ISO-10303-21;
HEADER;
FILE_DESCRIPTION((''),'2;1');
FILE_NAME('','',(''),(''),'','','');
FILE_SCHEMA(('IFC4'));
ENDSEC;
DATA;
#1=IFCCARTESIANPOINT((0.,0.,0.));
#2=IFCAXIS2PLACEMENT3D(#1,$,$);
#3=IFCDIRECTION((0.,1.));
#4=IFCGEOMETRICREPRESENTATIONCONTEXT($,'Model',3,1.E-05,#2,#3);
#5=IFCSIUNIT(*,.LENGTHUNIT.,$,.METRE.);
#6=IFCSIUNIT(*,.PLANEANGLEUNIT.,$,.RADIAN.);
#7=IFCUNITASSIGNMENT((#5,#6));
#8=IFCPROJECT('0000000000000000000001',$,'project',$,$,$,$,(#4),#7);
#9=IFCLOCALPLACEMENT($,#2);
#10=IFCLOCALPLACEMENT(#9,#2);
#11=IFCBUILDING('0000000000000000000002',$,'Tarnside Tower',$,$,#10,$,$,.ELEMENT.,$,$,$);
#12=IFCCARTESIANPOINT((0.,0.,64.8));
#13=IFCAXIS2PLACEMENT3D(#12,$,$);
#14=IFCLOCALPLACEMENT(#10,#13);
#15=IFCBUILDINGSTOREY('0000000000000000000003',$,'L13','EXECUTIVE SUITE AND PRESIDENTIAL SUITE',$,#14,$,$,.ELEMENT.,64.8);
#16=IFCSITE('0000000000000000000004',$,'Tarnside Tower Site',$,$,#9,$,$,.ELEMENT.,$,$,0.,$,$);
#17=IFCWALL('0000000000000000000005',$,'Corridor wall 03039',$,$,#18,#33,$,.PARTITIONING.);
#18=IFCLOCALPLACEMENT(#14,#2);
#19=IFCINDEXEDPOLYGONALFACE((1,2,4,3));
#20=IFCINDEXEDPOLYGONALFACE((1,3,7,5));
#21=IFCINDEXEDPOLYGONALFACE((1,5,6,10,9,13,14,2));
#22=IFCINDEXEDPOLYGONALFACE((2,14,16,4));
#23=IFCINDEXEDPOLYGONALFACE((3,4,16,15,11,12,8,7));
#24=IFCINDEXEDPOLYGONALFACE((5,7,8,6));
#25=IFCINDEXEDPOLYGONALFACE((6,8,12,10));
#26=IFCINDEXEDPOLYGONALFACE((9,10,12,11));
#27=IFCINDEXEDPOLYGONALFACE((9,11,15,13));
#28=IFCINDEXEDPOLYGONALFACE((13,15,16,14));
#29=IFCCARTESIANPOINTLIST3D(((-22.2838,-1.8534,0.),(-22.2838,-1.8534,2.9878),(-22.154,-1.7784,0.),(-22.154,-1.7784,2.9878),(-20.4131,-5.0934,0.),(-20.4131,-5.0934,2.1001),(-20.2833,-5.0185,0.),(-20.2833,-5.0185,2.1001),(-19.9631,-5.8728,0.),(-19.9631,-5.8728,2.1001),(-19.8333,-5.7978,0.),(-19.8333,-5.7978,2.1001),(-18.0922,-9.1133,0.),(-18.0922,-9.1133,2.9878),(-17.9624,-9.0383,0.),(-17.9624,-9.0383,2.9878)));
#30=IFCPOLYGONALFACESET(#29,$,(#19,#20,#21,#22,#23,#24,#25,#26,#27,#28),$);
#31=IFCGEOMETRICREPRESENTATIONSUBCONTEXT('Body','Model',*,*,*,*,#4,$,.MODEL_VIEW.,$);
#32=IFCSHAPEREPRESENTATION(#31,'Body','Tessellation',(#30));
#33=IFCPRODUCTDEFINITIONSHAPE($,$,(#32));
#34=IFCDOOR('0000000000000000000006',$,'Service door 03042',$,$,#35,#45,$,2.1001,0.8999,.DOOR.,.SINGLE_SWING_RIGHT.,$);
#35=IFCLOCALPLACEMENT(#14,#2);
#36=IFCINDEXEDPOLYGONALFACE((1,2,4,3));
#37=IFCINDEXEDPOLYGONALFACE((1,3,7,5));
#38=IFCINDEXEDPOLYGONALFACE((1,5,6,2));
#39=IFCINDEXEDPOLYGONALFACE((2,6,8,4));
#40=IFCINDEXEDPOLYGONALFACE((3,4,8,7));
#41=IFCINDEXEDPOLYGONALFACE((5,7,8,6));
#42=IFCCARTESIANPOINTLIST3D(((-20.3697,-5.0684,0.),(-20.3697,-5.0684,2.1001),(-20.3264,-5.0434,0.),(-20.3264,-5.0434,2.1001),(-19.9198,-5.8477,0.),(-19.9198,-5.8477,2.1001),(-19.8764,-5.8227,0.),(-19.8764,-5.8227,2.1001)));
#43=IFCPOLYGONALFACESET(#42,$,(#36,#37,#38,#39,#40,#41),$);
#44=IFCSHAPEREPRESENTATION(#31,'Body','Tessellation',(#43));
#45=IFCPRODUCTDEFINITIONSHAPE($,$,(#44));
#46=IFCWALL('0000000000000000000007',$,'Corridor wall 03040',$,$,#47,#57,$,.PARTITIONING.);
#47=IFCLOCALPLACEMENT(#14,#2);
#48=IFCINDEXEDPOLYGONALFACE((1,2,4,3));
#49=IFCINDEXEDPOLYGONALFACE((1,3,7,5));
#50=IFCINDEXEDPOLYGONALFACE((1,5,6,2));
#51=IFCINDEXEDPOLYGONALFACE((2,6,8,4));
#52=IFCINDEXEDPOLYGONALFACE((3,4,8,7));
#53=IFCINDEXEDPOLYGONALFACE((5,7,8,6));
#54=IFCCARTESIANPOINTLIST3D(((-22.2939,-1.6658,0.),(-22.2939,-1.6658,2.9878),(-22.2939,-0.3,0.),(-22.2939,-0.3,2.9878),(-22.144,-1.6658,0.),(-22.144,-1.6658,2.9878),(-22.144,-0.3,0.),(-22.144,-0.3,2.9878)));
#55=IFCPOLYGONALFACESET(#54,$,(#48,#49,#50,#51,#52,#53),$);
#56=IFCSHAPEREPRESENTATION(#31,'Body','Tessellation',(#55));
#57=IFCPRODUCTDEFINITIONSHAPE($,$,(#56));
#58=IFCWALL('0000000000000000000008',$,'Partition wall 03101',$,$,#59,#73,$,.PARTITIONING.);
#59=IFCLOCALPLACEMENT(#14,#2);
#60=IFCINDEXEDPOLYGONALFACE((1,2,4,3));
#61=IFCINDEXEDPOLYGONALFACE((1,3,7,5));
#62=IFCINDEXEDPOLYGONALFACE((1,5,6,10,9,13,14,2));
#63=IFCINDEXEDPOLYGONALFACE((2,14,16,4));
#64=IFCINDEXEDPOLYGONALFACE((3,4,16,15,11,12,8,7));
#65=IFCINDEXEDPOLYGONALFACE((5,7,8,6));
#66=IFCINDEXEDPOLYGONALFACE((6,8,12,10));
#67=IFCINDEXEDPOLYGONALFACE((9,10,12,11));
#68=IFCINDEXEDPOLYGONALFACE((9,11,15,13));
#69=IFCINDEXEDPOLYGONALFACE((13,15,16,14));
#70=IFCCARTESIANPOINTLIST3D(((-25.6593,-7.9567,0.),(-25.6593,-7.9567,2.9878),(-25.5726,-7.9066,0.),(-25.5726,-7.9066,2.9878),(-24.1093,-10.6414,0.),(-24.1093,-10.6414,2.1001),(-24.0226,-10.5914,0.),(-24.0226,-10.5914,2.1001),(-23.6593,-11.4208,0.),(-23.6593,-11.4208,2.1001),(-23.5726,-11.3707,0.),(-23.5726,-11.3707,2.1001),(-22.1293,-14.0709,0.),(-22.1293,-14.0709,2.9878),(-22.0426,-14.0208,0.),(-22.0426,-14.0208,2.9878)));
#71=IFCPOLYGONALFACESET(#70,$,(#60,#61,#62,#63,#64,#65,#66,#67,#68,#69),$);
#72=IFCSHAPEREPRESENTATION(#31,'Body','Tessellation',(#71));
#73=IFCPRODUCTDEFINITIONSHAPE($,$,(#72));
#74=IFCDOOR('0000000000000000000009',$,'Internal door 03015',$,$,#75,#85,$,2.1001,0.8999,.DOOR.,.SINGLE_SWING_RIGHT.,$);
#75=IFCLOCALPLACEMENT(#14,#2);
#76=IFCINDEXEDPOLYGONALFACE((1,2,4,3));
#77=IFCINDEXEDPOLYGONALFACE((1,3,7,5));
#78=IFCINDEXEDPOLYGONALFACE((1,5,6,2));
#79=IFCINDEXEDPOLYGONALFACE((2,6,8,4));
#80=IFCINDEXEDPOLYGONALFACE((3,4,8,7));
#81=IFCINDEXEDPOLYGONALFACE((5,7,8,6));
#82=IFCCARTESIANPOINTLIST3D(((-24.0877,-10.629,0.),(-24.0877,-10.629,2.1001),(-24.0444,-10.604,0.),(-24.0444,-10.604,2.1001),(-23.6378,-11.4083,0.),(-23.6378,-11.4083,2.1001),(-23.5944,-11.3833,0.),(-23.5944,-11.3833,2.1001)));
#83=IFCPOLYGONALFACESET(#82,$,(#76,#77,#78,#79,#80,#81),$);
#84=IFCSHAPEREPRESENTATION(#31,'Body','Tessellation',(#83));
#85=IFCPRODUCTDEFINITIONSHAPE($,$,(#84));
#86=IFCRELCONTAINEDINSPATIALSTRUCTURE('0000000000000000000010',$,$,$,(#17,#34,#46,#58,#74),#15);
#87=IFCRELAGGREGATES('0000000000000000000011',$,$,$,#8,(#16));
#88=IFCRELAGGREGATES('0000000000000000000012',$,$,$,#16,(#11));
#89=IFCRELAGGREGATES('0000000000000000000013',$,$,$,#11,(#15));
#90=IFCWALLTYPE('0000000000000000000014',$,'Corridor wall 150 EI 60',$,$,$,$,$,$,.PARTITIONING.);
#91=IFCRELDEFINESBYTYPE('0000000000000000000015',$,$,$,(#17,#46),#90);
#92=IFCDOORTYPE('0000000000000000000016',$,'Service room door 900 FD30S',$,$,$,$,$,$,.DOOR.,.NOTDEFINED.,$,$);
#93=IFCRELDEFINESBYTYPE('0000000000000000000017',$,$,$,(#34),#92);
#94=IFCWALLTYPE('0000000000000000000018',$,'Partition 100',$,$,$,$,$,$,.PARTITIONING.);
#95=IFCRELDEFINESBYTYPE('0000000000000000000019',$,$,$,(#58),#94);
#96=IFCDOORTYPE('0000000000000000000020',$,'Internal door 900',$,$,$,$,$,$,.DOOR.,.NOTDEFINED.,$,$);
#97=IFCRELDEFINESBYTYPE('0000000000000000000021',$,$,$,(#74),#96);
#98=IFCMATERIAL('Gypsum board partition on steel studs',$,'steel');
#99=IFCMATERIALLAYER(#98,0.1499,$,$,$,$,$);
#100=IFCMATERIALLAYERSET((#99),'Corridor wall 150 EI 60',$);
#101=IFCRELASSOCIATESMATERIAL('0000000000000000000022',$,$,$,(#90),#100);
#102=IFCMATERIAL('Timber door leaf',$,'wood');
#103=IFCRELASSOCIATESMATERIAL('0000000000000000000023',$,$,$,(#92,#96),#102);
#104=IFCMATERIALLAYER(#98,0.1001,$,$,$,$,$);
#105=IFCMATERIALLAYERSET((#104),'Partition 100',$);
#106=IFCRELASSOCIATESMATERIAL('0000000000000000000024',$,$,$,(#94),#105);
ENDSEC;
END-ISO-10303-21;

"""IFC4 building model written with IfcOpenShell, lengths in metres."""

from ifc_helpers import new_model, si_unit, direction, frame, frame_2d, origin, place, context, subcontext, project, spatial, rectangle, extrude, material, layer, layer_set, type_object, element, fill, save


model = new_model("IFC4")

# Units and contexts
model_context = context("Model", 3, precision=1e-05, world=origin(), true_north=direction((0.0, 1.0)))
body_context = subcontext(model_context, "Body", "Model", "MODEL_VIEW")
ifc_project = project(units=[si_unit("LENGTHUNIT", "METRE"), si_unit("PLANEANGLEUNIT", "RADIAN")], contexts=[model_context])

# Site, building, storey
site_placement = place(None, origin())
site = spatial("IfcSite", under=ifc_project, at=site_placement, Name="Tarnside Tower Site", CompositionType="ELEMENT", RefElevation=0.0)
building_placement = place(site_placement, origin())
building = spatial("IfcBuilding", under=site, at=building_placement, Name="Tarnside Tower", CompositionType="ELEMENT")
storey_placement = place(building_placement, frame((0.0, 0.0, 64.8)))
storey = spatial("IfcBuildingStorey", under=building, at=storey_placement, Name="L13", Description="EXECUTIVE SUITE AND PRESIDENTIAL SUITE", CompositionType="ELEMENT", Elevation=64.8)

# Shared definitions
ifc_material_1 = material(Name="Gypsum board partition on steel studs", Category="steel")
ifc_material_2 = material(Name="Timber door leaf", Category="wood")

# Shared definitions
ifc_layer_1 = layer(ifc_material_1, 0.1499)
ifc_layer_set_1 = layer_set([ifc_layer_1], Name="Corridor wall 150 EI 60")
wall_type_1 = type_object("IfcWallType", Name="Corridor wall 150 EI 60", PredefinedType="PARTITIONING", material=ifc_layer_set_1)

# Wall, opening, door
wall_1_placement = place(storey_placement, frame((-18.0273, -9.0757, 0.0), z_axis=(0.0, 0.0, 1.0), x_axis=(-0.500007, 0.866021, 0.0)))
wall_1 = element("IfcWall", 1, at=wall_1_placement, inside=storey, type_object=wall_type_1, Name="Corridor wall 03039", PredefinedType="PARTITIONING", context=body_context, shape_type="SweptSolid", body=[
    extrude(rectangle(XDim=8.3831, YDim=0.1499, at=frame_2d((4.1914, 0.0))), origin(), (0.0, 0.0, 1.0), 2.9878),
])
opening_1_placement = place(wall_1_placement, frame((3.7417, 0.0, 0.0)))
opening_1 = element("IfcOpeningElement", 2, at=opening_1_placement, cuts=wall_1, PredefinedType="OPENING", context=body_context, shape_type="SweptSolid", body=[
    extrude(rectangle(XDim=0.8999, YDim=2.1001, at=frame_2d((0.45, 1.05))), frame((0.0, 0.085, 0.0), z_axis=(0.0, -1.0, 0.0), x_axis=(1.0, 0.0, 0.0)), (0.0, 0.0, 1.0), 0.1699),
])
door_type_1 = type_object("IfcDoorType", Name="Service room door 900 FD30S", OperationType="NOTDEFINED", PredefinedType="DOOR", material=ifc_material_2)
door_1_placement = place(opening_1_placement, origin())
door_1 = element("IfcDoor", 3, at=door_1_placement, inside=storey, type_object=door_type_1, Name="Service door 03042", OperationType="SINGLE_SWING_RIGHT", OverallHeight=2.1001, OverallWidth=0.8999, PredefinedType="DOOR", context=body_context, shape_type="SweptSolid", body=[
    extrude(rectangle(XDim=0.8999, YDim=2.1001, at=frame_2d((0.45, 1.05))), frame((0.0, 0.0249, 0.0), z_axis=(0.0, -1.0, 0.0), x_axis=(1.0, 0.0, 0.0)), (0.0, 0.0, 1.0), 0.05),
])
fill(opening_1, door_1)

# Wall
wall_2_placement = place(storey_placement, frame((-22.219, -1.6658, 0.0), z_axis=(0.0, 0.0, 1.0), x_axis=(0.0, 1.0, 0.0)))
element("IfcWall", 4, at=wall_2_placement, inside=storey, type_object=wall_type_1, Name="Corridor wall 03040", PredefinedType="PARTITIONING", context=body_context, shape_type="SweptSolid", body=[
    extrude(rectangle(XDim=1.3657, YDim=0.1499, at=frame_2d((0.6829, 0.0))), origin(), (0.0, 0.0, 1.0), 2.9878),
])

# Wall, opening, door
ifc_layer_2 = layer(ifc_material_1, 0.1001)
ifc_layer_set_2 = layer_set([ifc_layer_2], Name="Partition 100")
wall_type_2 = type_object("IfcWallType", Name="Partition 100", PredefinedType="PARTITIONING", material=ifc_layer_set_2)
wall_3_placement = place(storey_placement, frame((-25.616, -7.9316, 0.0), z_axis=(0.0, 0.0, 1.0), x_axis=(0.499996, -0.866028, 0.0)))
wall_3 = element("IfcWall", 5, at=wall_3_placement, inside=storey, type_object=wall_type_2, Name="Partition wall 03101", PredefinedType="PARTITIONING", context=body_context, shape_type="SweptSolid", body=[
    extrude(rectangle(XDim=7.0601, YDim=0.1001, at=frame_2d((3.53, 0.0))), origin(), (0.0, 0.0, 1.0), 2.9878),
])
opening_2_placement = place(wall_3_placement, frame((3.1001, 0.0, 0.0)))
opening_2 = element("IfcOpeningElement", 6, at=opening_2_placement, cuts=wall_3, PredefinedType="OPENING", context=body_context, shape_type="SweptSolid", body=[
    extrude(rectangle(XDim=0.8999, YDim=2.1001, at=frame_2d((0.45, 1.05))), frame((0.0, 0.0601, 0.0), z_axis=(0.0, -1.0, 0.0), x_axis=(1.0, 0.0, 0.0)), (0.0, 0.0, 1.0), 0.1201),
])
door_type_2 = type_object("IfcDoorType", Name="Internal door 900", OperationType="NOTDEFINED", PredefinedType="DOOR", material=ifc_material_2)
door_2_placement = place(opening_2_placement, origin())
door_2 = element("IfcDoor", 7, at=door_2_placement, inside=storey, type_object=door_type_2, Name="Internal door 03015", OperationType="SINGLE_SWING_RIGHT", OverallHeight=2.1001, OverallWidth=0.8999, PredefinedType="DOOR", context=body_context, shape_type="SweptSolid", body=[
    extrude(rectangle(XDim=0.8999, YDim=2.1001, at=frame_2d((0.45, 1.05))), frame((0.0, 0.0249, 0.0), z_axis=(0.0, -1.0, 0.0), x_axis=(1.0, 0.0, 0.0)), (0.0, 0.0, 1.0), 0.05),
])
fill(opening_2, door_2)

save(model, "model.ifc")
